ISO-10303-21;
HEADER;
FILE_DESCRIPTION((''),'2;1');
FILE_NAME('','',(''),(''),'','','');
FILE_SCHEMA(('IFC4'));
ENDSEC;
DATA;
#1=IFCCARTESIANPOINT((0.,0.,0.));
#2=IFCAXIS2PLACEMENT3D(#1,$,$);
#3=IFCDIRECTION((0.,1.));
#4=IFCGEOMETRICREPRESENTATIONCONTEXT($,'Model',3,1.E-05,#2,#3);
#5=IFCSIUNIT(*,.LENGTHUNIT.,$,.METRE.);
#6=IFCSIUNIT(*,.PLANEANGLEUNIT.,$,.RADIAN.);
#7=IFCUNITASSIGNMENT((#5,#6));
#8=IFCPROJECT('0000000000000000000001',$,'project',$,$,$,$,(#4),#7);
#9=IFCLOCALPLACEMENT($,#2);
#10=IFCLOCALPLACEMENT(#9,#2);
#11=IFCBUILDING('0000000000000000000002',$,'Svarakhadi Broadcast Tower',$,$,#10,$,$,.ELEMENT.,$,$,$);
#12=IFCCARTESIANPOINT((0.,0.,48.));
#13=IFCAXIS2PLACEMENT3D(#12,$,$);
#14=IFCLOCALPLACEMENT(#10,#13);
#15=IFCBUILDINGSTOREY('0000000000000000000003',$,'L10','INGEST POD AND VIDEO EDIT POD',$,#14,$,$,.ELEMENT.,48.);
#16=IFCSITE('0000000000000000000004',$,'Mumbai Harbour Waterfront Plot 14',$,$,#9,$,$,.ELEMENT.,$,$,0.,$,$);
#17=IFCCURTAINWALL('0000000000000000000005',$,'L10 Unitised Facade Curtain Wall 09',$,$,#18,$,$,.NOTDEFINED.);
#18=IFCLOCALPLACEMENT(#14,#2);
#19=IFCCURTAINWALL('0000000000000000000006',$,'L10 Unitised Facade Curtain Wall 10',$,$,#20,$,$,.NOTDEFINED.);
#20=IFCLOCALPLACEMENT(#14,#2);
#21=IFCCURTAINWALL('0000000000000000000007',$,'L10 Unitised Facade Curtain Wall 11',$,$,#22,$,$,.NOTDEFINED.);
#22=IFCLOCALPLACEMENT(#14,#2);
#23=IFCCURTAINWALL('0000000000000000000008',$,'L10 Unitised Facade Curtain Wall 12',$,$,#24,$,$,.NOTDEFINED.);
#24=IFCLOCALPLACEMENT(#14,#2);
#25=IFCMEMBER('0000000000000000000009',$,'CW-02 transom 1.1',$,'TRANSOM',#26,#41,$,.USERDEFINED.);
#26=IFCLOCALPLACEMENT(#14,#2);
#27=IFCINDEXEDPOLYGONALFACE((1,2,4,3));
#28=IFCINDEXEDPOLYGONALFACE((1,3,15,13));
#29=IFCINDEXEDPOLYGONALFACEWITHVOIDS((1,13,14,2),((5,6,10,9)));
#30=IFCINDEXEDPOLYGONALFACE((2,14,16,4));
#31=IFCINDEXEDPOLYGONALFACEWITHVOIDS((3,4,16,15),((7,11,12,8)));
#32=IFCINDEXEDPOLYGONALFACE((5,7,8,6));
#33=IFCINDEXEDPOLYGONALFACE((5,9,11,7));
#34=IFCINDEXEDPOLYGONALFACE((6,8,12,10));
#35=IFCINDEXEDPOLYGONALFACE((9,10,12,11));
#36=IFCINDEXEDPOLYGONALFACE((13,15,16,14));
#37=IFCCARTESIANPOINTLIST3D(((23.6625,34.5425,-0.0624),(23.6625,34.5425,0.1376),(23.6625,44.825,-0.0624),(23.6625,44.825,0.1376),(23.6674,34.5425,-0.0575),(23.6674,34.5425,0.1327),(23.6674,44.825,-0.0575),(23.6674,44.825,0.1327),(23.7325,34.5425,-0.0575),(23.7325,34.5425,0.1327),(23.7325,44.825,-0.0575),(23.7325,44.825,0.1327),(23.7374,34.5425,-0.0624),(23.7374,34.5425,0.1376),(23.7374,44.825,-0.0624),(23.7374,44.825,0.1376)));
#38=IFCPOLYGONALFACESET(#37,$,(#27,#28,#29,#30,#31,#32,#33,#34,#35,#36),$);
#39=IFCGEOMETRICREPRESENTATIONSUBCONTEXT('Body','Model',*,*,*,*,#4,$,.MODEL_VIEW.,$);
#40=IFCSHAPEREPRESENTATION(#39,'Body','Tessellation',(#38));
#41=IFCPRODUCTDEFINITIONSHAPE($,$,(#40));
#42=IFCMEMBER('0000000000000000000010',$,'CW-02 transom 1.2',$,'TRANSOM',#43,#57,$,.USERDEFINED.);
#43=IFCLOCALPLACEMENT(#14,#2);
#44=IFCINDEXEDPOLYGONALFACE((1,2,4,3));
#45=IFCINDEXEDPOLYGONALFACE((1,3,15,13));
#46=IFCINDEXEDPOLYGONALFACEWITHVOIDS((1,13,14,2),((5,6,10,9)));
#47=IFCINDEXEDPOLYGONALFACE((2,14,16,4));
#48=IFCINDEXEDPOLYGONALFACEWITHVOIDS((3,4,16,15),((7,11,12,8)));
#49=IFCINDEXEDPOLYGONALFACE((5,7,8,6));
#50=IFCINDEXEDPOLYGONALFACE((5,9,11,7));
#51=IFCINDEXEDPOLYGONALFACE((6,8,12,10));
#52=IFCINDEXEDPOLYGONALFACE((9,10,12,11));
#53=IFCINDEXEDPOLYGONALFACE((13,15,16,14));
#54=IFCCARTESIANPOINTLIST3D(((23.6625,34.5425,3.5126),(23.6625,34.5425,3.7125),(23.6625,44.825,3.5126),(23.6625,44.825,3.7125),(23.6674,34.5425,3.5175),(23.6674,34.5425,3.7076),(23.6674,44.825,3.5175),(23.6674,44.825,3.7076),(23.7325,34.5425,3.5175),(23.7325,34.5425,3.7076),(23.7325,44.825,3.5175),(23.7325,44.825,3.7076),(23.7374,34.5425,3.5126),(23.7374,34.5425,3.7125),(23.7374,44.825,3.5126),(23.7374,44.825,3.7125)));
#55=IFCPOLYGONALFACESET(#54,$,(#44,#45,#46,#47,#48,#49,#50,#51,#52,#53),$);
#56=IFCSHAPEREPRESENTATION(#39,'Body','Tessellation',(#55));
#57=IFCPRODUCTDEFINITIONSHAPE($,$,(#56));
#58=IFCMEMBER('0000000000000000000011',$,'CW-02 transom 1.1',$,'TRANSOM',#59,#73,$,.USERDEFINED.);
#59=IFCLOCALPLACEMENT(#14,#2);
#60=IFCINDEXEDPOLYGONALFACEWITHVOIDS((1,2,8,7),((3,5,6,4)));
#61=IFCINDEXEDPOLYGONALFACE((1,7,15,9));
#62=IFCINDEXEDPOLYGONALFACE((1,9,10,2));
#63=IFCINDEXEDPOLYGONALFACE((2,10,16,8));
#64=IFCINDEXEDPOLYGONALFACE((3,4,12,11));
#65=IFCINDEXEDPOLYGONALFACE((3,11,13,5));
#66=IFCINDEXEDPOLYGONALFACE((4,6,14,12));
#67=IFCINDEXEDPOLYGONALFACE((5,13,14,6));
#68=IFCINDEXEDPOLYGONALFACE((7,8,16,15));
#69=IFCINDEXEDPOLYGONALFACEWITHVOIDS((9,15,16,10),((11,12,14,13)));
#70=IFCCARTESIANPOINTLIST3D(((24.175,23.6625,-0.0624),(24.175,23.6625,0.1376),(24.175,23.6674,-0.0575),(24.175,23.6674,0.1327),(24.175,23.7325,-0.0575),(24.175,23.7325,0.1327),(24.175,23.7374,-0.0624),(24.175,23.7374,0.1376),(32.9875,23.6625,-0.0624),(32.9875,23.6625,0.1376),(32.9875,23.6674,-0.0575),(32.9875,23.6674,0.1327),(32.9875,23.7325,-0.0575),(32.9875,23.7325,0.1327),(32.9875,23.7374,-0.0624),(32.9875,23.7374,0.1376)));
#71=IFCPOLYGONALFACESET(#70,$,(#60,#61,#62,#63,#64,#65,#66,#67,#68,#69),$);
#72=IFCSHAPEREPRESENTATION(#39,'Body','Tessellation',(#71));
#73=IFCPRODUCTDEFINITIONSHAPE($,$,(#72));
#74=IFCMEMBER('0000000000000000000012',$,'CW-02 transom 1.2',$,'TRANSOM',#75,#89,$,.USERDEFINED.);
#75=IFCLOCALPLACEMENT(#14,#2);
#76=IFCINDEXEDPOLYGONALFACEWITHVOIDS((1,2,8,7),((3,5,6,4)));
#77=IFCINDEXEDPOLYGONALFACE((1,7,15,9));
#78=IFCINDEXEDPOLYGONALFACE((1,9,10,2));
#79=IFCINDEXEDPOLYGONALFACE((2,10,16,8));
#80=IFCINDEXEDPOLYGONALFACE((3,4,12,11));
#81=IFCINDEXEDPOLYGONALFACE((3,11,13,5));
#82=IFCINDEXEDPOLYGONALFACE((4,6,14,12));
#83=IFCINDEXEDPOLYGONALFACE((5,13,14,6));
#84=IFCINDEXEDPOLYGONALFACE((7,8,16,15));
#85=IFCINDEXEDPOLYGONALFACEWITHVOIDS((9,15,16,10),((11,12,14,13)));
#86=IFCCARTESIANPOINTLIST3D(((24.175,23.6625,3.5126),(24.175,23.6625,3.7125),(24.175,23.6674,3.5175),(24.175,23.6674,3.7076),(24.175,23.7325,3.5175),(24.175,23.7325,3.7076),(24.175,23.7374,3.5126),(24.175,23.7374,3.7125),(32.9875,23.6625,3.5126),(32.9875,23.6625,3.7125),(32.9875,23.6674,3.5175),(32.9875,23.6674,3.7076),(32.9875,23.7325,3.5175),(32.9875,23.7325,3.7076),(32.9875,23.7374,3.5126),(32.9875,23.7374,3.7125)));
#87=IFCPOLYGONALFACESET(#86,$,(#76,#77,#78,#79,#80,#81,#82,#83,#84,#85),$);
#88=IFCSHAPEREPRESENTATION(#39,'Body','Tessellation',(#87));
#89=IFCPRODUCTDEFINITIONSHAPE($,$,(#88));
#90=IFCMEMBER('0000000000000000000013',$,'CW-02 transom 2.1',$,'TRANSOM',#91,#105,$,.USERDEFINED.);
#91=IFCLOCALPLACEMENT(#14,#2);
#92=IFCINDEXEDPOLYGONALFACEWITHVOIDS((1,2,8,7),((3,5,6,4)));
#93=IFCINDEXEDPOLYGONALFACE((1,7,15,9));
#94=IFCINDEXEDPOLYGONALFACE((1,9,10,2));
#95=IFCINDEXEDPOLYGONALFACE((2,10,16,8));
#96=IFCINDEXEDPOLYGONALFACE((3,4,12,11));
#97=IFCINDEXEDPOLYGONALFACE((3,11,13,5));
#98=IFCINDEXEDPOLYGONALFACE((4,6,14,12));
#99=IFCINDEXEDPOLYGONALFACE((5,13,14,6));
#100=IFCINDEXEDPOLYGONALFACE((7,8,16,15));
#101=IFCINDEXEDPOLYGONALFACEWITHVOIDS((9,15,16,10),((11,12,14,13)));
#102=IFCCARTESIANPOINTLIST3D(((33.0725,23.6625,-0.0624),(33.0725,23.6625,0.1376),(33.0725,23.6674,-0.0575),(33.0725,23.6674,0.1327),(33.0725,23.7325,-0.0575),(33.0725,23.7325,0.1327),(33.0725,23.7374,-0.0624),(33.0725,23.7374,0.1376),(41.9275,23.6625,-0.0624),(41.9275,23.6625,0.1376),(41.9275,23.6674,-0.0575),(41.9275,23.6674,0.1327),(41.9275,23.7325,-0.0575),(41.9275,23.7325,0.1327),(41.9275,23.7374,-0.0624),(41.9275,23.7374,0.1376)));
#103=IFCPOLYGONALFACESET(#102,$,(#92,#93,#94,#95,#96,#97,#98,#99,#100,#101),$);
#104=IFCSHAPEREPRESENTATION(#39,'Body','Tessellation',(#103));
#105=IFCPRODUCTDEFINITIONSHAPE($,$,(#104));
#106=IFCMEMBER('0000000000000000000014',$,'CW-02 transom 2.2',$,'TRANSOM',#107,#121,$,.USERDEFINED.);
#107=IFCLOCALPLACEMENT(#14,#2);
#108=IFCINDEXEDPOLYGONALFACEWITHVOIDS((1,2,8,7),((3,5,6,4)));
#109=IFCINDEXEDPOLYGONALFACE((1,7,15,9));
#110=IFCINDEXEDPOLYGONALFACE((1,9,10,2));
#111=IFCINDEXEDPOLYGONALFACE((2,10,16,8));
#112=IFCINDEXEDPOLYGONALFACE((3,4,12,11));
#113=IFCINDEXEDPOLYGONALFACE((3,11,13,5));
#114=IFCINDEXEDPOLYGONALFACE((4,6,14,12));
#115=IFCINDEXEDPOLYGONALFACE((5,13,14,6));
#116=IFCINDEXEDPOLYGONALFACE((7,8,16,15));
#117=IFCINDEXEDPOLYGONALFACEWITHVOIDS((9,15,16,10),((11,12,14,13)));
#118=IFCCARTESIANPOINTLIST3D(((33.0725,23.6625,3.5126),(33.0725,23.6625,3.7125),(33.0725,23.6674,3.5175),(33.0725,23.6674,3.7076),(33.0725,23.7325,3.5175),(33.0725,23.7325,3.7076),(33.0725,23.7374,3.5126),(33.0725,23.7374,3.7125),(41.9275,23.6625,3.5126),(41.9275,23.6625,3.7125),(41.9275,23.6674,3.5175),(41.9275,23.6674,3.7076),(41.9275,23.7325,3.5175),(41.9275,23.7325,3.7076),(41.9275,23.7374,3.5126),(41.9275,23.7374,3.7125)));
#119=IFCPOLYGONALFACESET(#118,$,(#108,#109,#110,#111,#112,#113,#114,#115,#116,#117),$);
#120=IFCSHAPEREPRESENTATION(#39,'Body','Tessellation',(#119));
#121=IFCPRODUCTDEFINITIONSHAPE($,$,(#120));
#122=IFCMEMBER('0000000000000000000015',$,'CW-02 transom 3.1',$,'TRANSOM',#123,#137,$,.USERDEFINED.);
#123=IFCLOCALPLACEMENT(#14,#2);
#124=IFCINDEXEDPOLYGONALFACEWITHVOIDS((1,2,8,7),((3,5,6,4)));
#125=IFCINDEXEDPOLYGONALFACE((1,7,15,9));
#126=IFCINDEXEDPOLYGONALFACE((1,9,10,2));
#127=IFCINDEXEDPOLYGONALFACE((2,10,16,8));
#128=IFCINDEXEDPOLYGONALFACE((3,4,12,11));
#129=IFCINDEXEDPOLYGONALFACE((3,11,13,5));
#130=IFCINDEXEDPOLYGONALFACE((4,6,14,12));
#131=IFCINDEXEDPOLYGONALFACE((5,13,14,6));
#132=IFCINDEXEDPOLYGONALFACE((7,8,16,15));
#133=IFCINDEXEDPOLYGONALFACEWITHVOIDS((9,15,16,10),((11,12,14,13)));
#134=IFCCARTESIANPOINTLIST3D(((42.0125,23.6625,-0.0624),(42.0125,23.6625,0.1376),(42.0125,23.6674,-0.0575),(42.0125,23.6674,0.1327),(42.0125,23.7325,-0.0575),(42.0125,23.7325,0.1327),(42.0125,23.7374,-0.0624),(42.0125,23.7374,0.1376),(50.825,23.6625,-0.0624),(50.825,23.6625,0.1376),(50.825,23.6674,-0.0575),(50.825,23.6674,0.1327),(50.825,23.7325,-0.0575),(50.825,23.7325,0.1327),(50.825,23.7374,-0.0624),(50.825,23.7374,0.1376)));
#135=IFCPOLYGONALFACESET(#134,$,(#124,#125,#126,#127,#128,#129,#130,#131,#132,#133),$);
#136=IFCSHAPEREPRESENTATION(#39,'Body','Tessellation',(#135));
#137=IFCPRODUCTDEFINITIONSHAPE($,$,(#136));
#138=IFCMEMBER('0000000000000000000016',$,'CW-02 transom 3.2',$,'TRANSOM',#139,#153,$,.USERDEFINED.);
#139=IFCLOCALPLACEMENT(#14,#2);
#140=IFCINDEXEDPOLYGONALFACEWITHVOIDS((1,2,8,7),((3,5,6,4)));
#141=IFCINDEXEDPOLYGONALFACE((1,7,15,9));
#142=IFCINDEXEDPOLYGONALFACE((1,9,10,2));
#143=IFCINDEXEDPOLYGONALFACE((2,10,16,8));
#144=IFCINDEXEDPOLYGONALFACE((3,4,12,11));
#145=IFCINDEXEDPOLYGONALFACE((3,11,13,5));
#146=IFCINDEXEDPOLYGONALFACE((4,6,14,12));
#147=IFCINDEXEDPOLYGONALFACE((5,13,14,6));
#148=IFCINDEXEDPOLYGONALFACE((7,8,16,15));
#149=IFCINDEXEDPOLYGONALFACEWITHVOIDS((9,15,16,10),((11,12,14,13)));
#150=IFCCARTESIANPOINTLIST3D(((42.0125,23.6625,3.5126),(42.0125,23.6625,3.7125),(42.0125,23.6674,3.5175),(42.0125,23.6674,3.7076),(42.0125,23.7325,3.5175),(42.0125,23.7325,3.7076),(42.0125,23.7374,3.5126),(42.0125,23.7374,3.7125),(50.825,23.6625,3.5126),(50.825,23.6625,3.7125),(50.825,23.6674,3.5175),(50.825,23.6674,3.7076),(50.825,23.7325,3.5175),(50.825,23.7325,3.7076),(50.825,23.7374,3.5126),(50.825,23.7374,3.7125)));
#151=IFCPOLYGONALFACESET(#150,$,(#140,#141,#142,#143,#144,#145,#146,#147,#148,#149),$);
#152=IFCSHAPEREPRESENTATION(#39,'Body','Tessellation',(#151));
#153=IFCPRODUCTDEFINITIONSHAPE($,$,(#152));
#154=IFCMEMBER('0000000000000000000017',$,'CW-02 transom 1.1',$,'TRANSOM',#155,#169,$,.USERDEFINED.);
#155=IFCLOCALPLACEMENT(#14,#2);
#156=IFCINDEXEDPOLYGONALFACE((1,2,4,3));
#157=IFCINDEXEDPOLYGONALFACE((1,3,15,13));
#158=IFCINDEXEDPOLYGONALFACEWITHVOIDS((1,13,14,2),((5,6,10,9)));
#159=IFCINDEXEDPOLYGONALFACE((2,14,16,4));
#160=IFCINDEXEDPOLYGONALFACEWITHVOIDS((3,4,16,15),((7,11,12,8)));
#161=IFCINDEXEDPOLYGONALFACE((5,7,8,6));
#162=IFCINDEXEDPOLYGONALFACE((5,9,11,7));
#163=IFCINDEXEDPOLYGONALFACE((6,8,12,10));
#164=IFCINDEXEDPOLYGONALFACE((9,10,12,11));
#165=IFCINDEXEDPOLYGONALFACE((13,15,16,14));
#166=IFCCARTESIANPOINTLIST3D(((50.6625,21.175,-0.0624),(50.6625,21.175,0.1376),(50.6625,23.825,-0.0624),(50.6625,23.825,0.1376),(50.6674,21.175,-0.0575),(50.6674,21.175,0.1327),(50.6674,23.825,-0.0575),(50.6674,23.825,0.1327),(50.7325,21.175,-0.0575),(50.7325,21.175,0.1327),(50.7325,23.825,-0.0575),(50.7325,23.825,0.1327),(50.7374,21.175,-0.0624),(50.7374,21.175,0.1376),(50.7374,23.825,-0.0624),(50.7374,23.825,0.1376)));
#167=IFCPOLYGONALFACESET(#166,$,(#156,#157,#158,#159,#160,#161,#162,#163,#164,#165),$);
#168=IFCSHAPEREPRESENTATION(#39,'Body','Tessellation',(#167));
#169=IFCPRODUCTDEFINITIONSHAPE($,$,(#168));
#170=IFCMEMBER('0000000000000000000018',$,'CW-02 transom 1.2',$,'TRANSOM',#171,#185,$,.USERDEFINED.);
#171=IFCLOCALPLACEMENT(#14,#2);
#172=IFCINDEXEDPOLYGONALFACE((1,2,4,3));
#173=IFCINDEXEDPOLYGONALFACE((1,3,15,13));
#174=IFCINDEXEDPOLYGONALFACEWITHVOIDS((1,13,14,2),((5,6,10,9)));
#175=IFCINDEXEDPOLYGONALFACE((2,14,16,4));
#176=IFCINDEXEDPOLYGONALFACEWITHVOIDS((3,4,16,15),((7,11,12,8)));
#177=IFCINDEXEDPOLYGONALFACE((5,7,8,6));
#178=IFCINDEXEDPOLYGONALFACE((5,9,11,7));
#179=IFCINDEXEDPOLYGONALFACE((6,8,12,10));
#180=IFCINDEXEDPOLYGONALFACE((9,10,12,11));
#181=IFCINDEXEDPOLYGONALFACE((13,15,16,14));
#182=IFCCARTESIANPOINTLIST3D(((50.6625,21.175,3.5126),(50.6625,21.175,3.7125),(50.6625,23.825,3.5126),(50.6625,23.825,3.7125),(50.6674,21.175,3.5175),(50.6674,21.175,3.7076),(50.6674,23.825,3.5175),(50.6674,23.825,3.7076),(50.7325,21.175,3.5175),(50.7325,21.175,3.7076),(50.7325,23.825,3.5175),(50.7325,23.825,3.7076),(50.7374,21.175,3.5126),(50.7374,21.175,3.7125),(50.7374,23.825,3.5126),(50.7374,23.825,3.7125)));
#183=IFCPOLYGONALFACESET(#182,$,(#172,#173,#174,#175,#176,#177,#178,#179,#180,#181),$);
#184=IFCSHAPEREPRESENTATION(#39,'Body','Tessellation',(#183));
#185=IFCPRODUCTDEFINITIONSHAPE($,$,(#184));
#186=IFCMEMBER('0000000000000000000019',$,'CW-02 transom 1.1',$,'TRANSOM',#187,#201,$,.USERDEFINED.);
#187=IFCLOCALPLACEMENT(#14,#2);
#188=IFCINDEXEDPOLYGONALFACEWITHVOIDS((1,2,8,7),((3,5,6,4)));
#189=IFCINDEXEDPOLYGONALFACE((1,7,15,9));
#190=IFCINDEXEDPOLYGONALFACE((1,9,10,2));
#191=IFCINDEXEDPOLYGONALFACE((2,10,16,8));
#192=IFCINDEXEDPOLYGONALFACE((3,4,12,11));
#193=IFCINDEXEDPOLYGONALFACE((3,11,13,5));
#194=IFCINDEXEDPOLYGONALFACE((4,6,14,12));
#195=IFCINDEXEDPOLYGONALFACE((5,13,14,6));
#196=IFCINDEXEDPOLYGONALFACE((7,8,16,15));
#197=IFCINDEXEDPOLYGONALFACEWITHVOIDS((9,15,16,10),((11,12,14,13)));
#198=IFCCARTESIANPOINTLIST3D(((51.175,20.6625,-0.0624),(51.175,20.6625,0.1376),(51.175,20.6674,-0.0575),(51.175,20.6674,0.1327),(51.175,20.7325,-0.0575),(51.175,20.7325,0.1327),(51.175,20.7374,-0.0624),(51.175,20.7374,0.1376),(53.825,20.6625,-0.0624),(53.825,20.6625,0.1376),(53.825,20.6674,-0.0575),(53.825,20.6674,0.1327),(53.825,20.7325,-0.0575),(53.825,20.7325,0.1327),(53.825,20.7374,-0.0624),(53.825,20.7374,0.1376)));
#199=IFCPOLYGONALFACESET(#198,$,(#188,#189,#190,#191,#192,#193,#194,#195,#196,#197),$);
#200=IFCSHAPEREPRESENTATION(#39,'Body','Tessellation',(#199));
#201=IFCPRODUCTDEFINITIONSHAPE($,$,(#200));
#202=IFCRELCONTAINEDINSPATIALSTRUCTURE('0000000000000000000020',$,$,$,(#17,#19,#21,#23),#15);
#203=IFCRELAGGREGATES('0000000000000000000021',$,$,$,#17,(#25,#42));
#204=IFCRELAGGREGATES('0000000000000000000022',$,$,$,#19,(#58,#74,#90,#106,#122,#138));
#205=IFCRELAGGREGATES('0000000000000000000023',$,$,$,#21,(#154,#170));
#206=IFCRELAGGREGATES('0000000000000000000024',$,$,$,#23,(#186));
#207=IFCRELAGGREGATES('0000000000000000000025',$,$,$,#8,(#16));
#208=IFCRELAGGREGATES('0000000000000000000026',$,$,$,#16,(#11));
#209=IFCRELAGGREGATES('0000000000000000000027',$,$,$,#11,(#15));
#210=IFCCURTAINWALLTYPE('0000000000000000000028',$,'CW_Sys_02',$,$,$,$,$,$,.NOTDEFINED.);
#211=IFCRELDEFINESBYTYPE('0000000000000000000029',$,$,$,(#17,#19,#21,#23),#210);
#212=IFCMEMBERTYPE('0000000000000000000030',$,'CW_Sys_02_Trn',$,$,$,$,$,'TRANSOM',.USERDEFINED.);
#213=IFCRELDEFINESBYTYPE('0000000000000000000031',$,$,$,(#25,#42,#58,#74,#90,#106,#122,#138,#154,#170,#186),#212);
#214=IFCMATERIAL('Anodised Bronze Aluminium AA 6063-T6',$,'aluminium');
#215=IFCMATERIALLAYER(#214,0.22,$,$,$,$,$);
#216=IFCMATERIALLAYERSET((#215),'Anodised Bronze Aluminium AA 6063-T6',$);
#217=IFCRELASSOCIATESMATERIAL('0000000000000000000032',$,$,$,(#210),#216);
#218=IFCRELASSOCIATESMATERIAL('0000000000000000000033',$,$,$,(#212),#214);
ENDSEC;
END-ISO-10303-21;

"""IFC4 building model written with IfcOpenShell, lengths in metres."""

from ifc_helpers import new_model, si_unit, direction, frame, origin, origin_2d, place, context, subcontext, project, spatial, hollow_rectangle, extrude, material, layer, layer_set, material_profile, profile_set, type_object, element, aggregate, save


model = new_model("IFC4")

# Units and contexts
model_context = context("Model", 3, precision=1e-05, world=origin(), true_north=direction((0.0, 1.0)))
body_context = subcontext(model_context, "Body", "Model", "MODEL_VIEW")
ifc_project = project(units=[si_unit("LENGTHUNIT", "METRE"), si_unit("PLANEANGLEUNIT", "RADIAN")], contexts=[model_context])

# Site, building, storey
site_placement = place(None, origin())
site = spatial("IfcSite", under=ifc_project, at=site_placement, Name="Mumbai Harbour Waterfront Plot 14", CompositionType="ELEMENT", RefElevation=0.0)
building_placement = place(site_placement, origin())
building = spatial("IfcBuilding", under=site, at=building_placement, Name="Svarakhadi Broadcast Tower", CompositionType="ELEMENT")
storey_placement = place(building_placement, frame((0.0, 0.0, 48.0)))
storey = spatial("IfcBuildingStorey", under=building, at=storey_placement, Name="L10", Description="INGEST POD AND VIDEO EDIT POD", CompositionType="ELEMENT", Elevation=48.0)

# Curtain wall
ifc_material_1 = material(Name="Anodised Bronze Aluminium AA 6063-T6", Category="aluminium")
ifc_layer_1 = layer(ifc_material_1, 0.22)
ifc_layer_set_1 = layer_set([ifc_layer_1], Name="Anodised Bronze Aluminium AA 6063-T6")
curtain_wall_type = type_object("IfcCurtainWallType", Name="CW_Sys_02", PredefinedType="NOTDEFINED", material=ifc_layer_set_1)
curtain_wall_1_placement = place(storey_placement, origin())
curtain_wall_1 = element("IfcCurtainWall", 1, at=curtain_wall_1_placement, inside=storey, type_object=curtain_wall_type, Name="L10 Unitised Facade Curtain Wall 09", PredefinedType="NOTDEFINED")

# Curtain walls
curtain_wall_2_placement = place(storey_placement, origin())
curtain_wall_2 = element("IfcCurtainWall", 2, at=curtain_wall_2_placement, inside=storey, type_object=curtain_wall_type, Name="L10 Unitised Facade Curtain Wall 10", PredefinedType="NOTDEFINED")
curtain_wall_3_placement = place(storey_placement, origin())
curtain_wall_3 = element("IfcCurtainWall", 3, at=curtain_wall_3_placement, inside=storey, type_object=curtain_wall_type, Name="L10 Unitised Facade Curtain Wall 11", PredefinedType="NOTDEFINED")
curtain_wall_4_placement = place(storey_placement, origin())
curtain_wall_4 = element("IfcCurtainWall", 4, at=curtain_wall_4_placement, inside=storey, type_object=curtain_wall_type, Name="L10 Unitised Facade Curtain Wall 12", PredefinedType="NOTDEFINED")

# Members
ifc_material_profile_1 = material_profile(ifc_material_1, hollow_rectangle(XDim=0.075, YDim=0.2, WallThickness=0.0049, at=origin_2d()), Name="ALU TRANSOM 200x75x5")
ifc_profile_set_1 = profile_set([ifc_material_profile_1], Name="Anodised Bronze Aluminium AA 6063-T6")
member_type_1 = type_object("IfcMemberType", Name="CW_Sys_02_Trn", ElementType="TRANSOM", PredefinedType="USERDEFINED", material=ifc_profile_set_1)
member_1_placement = place(storey_placement, frame((23.7, 44.825, 0.0376), z_axis=(0.0, -1.0, 0.0), x_axis=(1.0, 0.0, 0.0)))
member_1 = element("IfcMember", 5, at=member_1_placement, type_object=member_type_1, Name="CW-02 transom 1.1", ObjectType="TRANSOM", PredefinedType="USERDEFINED", context=body_context, shape_type="SweptSolid", body=[
    extrude(hollow_rectangle(XDim=0.075, YDim=0.2, WallThickness=0.0049, at=origin_2d()), origin(), (0.0, 0.0, 1.0), 10.2825),
])
member_2_placement = place(storey_placement, frame((23.7, 44.825, 3.6125), z_axis=(0.0, -1.0, 0.0), x_axis=(1.0, 0.0, 0.0)))
member_2 = element("IfcMember", 6, at=member_2_placement, type_object=member_type_1, Name="CW-02 transom 1.2", ObjectType="TRANSOM", PredefinedType="USERDEFINED", context=body_context, shape_type="SweptSolid", body=[
    extrude(hollow_rectangle(XDim=0.075, YDim=0.2, WallThickness=0.0049, at=origin_2d()), origin(), (0.0, 0.0, 1.0), 10.2825),
])
aggregate(curtain_wall_1, [member_1, member_2])
member_3_placement = place(storey_placement, frame((24.175, 23.7, 0.0376), z_axis=(1.0, 0.0, 0.0), x_axis=(0.0, 1.0, 0.0)))
member_3 = element("IfcMember", 7, at=member_3_placement, type_object=member_type_1, Name="CW-02 transom 1.1", ObjectType="TRANSOM", PredefinedType="USERDEFINED", context=body_context, shape_type="SweptSolid", body=[
    extrude(hollow_rectangle(XDim=0.075, YDim=0.2, WallThickness=0.0049, at=origin_2d()), origin(), (0.0, 0.0, 1.0), 8.8125),
])
member_4_placement = place(storey_placement, frame((24.175, 23.7, 3.6125), z_axis=(1.0, 0.0, 0.0), x_axis=(0.0, 1.0, 0.0)))
member_4 = element("IfcMember", 8, at=member_4_placement, type_object=member_type_1, Name="CW-02 transom 1.2", ObjectType="TRANSOM", PredefinedType="USERDEFINED", context=body_context, shape_type="SweptSolid", body=[
    extrude(hollow_rectangle(XDim=0.075, YDim=0.2, WallThickness=0.0049, at=origin_2d()), origin(), (0.0, 0.0, 1.0), 8.8125),
])
member_5_placement = place(storey_placement, frame((33.0725, 23.7, 0.0376), z_axis=(1.0, 0.0, 0.0), x_axis=(0.0, 1.0, 0.0)))
member_5 = element("IfcMember", 9, at=member_5_placement, type_object=member_type_1, Name="CW-02 transom 2.1", ObjectType="TRANSOM", PredefinedType="USERDEFINED", context=body_context, shape_type="SweptSolid", body=[
    extrude(hollow_rectangle(XDim=0.075, YDim=0.2, WallThickness=0.0049, at=origin_2d()), origin(), (0.0, 0.0, 1.0), 8.855),
])
member_6_placement = place(storey_placement, frame((33.0725, 23.7, 3.6125), z_axis=(1.0, 0.0, 0.0), x_axis=(0.0, 1.0, 0.0)))
member_6 = element("IfcMember", 10, at=member_6_placement, type_object=member_type_1, Name="CW-02 transom 2.2", ObjectType="TRANSOM", PredefinedType="USERDEFINED", context=body_context, shape_type="SweptSolid", body=[
    extrude(hollow_rectangle(XDim=0.075, YDim=0.2, WallThickness=0.0049, at=origin_2d()), origin(), (0.0, 0.0, 1.0), 8.855),
])
member_7_placement = place(storey_placement, frame((42.0125, 23.7, 0.0376), z_axis=(1.0, 0.0, 0.0), x_axis=(0.0, 1.0, 0.0)))
member_7 = element("IfcMember", 11, at=member_7_placement, type_object=member_type_1, Name="CW-02 transom 3.1", ObjectType="TRANSOM", PredefinedType="USERDEFINED", context=body_context, shape_type="SweptSolid", body=[
    extrude(hollow_rectangle(XDim=0.075, YDim=0.2, WallThickness=0.0049, at=origin_2d()), origin(), (0.0, 0.0, 1.0), 8.8125),
])
member_8_placement = place(storey_placement, frame((42.0125, 23.7, 3.6125), z_axis=(1.0, 0.0, 0.0), x_axis=(0.0, 1.0, 0.0)))
member_8 = element("IfcMember", 12, at=member_8_placement, type_object=member_type_1, Name="CW-02 transom 3.2", ObjectType="TRANSOM", PredefinedType="USERDEFINED", context=body_context, shape_type="SweptSolid", body=[
    extrude(hollow_rectangle(XDim=0.075, YDim=0.2, WallThickness=0.0049, at=origin_2d()), origin(), (0.0, 0.0, 1.0), 8.8125),
])
member_9_placement = place(storey_placement, frame((50.7, 23.825, 0.0376), z_axis=(0.0, -1.0, 0.0), x_axis=(1.0, 0.0, 0.0)))
member_9 = element("IfcMember", 13, at=member_9_placement, type_object=member_type_1, Name="CW-02 transom 1.1", ObjectType="TRANSOM", PredefinedType="USERDEFINED", context=body_context, shape_type="SweptSolid", body=[
    extrude(hollow_rectangle(XDim=0.075, YDim=0.2, WallThickness=0.0049, at=origin_2d()), origin(), (0.0, 0.0, 1.0), 2.6499),
])
member_10_placement = place(storey_placement, frame((50.7, 23.825, 3.6125), z_axis=(0.0, -1.0, 0.0), x_axis=(1.0, 0.0, 0.0)))
member_10 = element("IfcMember", 14, at=member_10_placement, type_object=member_type_1, Name="CW-02 transom 1.2", ObjectType="TRANSOM", PredefinedType="USERDEFINED", context=body_context, shape_type="SweptSolid", body=[
    extrude(hollow_rectangle(XDim=0.075, YDim=0.2, WallThickness=0.0049, at=origin_2d()), origin(), (0.0, 0.0, 1.0), 2.6499),
])
member_11_placement = place(storey_placement, frame((51.175, 20.7, 0.0376), z_axis=(1.0, 0.0, 0.0), x_axis=(0.0, 1.0, 0.0)))
member_11 = element("IfcMember", 15, at=member_11_placement, type_object=member_type_1, Name="CW-02 transom 1.1", ObjectType="TRANSOM", PredefinedType="USERDEFINED", context=body_context, shape_type="SweptSolid", body=[
    extrude(hollow_rectangle(XDim=0.075, YDim=0.2, WallThickness=0.0049, at=origin_2d()), origin(), (0.0, 0.0, 1.0), 2.6499),
])

aggregate(curtain_wall_2, [member_3, member_4, member_5, member_6, member_7, member_8])
aggregate(curtain_wall_3, [member_9, member_10])
aggregate(curtain_wall_4, [member_11])

save(model, "model.ifc")
